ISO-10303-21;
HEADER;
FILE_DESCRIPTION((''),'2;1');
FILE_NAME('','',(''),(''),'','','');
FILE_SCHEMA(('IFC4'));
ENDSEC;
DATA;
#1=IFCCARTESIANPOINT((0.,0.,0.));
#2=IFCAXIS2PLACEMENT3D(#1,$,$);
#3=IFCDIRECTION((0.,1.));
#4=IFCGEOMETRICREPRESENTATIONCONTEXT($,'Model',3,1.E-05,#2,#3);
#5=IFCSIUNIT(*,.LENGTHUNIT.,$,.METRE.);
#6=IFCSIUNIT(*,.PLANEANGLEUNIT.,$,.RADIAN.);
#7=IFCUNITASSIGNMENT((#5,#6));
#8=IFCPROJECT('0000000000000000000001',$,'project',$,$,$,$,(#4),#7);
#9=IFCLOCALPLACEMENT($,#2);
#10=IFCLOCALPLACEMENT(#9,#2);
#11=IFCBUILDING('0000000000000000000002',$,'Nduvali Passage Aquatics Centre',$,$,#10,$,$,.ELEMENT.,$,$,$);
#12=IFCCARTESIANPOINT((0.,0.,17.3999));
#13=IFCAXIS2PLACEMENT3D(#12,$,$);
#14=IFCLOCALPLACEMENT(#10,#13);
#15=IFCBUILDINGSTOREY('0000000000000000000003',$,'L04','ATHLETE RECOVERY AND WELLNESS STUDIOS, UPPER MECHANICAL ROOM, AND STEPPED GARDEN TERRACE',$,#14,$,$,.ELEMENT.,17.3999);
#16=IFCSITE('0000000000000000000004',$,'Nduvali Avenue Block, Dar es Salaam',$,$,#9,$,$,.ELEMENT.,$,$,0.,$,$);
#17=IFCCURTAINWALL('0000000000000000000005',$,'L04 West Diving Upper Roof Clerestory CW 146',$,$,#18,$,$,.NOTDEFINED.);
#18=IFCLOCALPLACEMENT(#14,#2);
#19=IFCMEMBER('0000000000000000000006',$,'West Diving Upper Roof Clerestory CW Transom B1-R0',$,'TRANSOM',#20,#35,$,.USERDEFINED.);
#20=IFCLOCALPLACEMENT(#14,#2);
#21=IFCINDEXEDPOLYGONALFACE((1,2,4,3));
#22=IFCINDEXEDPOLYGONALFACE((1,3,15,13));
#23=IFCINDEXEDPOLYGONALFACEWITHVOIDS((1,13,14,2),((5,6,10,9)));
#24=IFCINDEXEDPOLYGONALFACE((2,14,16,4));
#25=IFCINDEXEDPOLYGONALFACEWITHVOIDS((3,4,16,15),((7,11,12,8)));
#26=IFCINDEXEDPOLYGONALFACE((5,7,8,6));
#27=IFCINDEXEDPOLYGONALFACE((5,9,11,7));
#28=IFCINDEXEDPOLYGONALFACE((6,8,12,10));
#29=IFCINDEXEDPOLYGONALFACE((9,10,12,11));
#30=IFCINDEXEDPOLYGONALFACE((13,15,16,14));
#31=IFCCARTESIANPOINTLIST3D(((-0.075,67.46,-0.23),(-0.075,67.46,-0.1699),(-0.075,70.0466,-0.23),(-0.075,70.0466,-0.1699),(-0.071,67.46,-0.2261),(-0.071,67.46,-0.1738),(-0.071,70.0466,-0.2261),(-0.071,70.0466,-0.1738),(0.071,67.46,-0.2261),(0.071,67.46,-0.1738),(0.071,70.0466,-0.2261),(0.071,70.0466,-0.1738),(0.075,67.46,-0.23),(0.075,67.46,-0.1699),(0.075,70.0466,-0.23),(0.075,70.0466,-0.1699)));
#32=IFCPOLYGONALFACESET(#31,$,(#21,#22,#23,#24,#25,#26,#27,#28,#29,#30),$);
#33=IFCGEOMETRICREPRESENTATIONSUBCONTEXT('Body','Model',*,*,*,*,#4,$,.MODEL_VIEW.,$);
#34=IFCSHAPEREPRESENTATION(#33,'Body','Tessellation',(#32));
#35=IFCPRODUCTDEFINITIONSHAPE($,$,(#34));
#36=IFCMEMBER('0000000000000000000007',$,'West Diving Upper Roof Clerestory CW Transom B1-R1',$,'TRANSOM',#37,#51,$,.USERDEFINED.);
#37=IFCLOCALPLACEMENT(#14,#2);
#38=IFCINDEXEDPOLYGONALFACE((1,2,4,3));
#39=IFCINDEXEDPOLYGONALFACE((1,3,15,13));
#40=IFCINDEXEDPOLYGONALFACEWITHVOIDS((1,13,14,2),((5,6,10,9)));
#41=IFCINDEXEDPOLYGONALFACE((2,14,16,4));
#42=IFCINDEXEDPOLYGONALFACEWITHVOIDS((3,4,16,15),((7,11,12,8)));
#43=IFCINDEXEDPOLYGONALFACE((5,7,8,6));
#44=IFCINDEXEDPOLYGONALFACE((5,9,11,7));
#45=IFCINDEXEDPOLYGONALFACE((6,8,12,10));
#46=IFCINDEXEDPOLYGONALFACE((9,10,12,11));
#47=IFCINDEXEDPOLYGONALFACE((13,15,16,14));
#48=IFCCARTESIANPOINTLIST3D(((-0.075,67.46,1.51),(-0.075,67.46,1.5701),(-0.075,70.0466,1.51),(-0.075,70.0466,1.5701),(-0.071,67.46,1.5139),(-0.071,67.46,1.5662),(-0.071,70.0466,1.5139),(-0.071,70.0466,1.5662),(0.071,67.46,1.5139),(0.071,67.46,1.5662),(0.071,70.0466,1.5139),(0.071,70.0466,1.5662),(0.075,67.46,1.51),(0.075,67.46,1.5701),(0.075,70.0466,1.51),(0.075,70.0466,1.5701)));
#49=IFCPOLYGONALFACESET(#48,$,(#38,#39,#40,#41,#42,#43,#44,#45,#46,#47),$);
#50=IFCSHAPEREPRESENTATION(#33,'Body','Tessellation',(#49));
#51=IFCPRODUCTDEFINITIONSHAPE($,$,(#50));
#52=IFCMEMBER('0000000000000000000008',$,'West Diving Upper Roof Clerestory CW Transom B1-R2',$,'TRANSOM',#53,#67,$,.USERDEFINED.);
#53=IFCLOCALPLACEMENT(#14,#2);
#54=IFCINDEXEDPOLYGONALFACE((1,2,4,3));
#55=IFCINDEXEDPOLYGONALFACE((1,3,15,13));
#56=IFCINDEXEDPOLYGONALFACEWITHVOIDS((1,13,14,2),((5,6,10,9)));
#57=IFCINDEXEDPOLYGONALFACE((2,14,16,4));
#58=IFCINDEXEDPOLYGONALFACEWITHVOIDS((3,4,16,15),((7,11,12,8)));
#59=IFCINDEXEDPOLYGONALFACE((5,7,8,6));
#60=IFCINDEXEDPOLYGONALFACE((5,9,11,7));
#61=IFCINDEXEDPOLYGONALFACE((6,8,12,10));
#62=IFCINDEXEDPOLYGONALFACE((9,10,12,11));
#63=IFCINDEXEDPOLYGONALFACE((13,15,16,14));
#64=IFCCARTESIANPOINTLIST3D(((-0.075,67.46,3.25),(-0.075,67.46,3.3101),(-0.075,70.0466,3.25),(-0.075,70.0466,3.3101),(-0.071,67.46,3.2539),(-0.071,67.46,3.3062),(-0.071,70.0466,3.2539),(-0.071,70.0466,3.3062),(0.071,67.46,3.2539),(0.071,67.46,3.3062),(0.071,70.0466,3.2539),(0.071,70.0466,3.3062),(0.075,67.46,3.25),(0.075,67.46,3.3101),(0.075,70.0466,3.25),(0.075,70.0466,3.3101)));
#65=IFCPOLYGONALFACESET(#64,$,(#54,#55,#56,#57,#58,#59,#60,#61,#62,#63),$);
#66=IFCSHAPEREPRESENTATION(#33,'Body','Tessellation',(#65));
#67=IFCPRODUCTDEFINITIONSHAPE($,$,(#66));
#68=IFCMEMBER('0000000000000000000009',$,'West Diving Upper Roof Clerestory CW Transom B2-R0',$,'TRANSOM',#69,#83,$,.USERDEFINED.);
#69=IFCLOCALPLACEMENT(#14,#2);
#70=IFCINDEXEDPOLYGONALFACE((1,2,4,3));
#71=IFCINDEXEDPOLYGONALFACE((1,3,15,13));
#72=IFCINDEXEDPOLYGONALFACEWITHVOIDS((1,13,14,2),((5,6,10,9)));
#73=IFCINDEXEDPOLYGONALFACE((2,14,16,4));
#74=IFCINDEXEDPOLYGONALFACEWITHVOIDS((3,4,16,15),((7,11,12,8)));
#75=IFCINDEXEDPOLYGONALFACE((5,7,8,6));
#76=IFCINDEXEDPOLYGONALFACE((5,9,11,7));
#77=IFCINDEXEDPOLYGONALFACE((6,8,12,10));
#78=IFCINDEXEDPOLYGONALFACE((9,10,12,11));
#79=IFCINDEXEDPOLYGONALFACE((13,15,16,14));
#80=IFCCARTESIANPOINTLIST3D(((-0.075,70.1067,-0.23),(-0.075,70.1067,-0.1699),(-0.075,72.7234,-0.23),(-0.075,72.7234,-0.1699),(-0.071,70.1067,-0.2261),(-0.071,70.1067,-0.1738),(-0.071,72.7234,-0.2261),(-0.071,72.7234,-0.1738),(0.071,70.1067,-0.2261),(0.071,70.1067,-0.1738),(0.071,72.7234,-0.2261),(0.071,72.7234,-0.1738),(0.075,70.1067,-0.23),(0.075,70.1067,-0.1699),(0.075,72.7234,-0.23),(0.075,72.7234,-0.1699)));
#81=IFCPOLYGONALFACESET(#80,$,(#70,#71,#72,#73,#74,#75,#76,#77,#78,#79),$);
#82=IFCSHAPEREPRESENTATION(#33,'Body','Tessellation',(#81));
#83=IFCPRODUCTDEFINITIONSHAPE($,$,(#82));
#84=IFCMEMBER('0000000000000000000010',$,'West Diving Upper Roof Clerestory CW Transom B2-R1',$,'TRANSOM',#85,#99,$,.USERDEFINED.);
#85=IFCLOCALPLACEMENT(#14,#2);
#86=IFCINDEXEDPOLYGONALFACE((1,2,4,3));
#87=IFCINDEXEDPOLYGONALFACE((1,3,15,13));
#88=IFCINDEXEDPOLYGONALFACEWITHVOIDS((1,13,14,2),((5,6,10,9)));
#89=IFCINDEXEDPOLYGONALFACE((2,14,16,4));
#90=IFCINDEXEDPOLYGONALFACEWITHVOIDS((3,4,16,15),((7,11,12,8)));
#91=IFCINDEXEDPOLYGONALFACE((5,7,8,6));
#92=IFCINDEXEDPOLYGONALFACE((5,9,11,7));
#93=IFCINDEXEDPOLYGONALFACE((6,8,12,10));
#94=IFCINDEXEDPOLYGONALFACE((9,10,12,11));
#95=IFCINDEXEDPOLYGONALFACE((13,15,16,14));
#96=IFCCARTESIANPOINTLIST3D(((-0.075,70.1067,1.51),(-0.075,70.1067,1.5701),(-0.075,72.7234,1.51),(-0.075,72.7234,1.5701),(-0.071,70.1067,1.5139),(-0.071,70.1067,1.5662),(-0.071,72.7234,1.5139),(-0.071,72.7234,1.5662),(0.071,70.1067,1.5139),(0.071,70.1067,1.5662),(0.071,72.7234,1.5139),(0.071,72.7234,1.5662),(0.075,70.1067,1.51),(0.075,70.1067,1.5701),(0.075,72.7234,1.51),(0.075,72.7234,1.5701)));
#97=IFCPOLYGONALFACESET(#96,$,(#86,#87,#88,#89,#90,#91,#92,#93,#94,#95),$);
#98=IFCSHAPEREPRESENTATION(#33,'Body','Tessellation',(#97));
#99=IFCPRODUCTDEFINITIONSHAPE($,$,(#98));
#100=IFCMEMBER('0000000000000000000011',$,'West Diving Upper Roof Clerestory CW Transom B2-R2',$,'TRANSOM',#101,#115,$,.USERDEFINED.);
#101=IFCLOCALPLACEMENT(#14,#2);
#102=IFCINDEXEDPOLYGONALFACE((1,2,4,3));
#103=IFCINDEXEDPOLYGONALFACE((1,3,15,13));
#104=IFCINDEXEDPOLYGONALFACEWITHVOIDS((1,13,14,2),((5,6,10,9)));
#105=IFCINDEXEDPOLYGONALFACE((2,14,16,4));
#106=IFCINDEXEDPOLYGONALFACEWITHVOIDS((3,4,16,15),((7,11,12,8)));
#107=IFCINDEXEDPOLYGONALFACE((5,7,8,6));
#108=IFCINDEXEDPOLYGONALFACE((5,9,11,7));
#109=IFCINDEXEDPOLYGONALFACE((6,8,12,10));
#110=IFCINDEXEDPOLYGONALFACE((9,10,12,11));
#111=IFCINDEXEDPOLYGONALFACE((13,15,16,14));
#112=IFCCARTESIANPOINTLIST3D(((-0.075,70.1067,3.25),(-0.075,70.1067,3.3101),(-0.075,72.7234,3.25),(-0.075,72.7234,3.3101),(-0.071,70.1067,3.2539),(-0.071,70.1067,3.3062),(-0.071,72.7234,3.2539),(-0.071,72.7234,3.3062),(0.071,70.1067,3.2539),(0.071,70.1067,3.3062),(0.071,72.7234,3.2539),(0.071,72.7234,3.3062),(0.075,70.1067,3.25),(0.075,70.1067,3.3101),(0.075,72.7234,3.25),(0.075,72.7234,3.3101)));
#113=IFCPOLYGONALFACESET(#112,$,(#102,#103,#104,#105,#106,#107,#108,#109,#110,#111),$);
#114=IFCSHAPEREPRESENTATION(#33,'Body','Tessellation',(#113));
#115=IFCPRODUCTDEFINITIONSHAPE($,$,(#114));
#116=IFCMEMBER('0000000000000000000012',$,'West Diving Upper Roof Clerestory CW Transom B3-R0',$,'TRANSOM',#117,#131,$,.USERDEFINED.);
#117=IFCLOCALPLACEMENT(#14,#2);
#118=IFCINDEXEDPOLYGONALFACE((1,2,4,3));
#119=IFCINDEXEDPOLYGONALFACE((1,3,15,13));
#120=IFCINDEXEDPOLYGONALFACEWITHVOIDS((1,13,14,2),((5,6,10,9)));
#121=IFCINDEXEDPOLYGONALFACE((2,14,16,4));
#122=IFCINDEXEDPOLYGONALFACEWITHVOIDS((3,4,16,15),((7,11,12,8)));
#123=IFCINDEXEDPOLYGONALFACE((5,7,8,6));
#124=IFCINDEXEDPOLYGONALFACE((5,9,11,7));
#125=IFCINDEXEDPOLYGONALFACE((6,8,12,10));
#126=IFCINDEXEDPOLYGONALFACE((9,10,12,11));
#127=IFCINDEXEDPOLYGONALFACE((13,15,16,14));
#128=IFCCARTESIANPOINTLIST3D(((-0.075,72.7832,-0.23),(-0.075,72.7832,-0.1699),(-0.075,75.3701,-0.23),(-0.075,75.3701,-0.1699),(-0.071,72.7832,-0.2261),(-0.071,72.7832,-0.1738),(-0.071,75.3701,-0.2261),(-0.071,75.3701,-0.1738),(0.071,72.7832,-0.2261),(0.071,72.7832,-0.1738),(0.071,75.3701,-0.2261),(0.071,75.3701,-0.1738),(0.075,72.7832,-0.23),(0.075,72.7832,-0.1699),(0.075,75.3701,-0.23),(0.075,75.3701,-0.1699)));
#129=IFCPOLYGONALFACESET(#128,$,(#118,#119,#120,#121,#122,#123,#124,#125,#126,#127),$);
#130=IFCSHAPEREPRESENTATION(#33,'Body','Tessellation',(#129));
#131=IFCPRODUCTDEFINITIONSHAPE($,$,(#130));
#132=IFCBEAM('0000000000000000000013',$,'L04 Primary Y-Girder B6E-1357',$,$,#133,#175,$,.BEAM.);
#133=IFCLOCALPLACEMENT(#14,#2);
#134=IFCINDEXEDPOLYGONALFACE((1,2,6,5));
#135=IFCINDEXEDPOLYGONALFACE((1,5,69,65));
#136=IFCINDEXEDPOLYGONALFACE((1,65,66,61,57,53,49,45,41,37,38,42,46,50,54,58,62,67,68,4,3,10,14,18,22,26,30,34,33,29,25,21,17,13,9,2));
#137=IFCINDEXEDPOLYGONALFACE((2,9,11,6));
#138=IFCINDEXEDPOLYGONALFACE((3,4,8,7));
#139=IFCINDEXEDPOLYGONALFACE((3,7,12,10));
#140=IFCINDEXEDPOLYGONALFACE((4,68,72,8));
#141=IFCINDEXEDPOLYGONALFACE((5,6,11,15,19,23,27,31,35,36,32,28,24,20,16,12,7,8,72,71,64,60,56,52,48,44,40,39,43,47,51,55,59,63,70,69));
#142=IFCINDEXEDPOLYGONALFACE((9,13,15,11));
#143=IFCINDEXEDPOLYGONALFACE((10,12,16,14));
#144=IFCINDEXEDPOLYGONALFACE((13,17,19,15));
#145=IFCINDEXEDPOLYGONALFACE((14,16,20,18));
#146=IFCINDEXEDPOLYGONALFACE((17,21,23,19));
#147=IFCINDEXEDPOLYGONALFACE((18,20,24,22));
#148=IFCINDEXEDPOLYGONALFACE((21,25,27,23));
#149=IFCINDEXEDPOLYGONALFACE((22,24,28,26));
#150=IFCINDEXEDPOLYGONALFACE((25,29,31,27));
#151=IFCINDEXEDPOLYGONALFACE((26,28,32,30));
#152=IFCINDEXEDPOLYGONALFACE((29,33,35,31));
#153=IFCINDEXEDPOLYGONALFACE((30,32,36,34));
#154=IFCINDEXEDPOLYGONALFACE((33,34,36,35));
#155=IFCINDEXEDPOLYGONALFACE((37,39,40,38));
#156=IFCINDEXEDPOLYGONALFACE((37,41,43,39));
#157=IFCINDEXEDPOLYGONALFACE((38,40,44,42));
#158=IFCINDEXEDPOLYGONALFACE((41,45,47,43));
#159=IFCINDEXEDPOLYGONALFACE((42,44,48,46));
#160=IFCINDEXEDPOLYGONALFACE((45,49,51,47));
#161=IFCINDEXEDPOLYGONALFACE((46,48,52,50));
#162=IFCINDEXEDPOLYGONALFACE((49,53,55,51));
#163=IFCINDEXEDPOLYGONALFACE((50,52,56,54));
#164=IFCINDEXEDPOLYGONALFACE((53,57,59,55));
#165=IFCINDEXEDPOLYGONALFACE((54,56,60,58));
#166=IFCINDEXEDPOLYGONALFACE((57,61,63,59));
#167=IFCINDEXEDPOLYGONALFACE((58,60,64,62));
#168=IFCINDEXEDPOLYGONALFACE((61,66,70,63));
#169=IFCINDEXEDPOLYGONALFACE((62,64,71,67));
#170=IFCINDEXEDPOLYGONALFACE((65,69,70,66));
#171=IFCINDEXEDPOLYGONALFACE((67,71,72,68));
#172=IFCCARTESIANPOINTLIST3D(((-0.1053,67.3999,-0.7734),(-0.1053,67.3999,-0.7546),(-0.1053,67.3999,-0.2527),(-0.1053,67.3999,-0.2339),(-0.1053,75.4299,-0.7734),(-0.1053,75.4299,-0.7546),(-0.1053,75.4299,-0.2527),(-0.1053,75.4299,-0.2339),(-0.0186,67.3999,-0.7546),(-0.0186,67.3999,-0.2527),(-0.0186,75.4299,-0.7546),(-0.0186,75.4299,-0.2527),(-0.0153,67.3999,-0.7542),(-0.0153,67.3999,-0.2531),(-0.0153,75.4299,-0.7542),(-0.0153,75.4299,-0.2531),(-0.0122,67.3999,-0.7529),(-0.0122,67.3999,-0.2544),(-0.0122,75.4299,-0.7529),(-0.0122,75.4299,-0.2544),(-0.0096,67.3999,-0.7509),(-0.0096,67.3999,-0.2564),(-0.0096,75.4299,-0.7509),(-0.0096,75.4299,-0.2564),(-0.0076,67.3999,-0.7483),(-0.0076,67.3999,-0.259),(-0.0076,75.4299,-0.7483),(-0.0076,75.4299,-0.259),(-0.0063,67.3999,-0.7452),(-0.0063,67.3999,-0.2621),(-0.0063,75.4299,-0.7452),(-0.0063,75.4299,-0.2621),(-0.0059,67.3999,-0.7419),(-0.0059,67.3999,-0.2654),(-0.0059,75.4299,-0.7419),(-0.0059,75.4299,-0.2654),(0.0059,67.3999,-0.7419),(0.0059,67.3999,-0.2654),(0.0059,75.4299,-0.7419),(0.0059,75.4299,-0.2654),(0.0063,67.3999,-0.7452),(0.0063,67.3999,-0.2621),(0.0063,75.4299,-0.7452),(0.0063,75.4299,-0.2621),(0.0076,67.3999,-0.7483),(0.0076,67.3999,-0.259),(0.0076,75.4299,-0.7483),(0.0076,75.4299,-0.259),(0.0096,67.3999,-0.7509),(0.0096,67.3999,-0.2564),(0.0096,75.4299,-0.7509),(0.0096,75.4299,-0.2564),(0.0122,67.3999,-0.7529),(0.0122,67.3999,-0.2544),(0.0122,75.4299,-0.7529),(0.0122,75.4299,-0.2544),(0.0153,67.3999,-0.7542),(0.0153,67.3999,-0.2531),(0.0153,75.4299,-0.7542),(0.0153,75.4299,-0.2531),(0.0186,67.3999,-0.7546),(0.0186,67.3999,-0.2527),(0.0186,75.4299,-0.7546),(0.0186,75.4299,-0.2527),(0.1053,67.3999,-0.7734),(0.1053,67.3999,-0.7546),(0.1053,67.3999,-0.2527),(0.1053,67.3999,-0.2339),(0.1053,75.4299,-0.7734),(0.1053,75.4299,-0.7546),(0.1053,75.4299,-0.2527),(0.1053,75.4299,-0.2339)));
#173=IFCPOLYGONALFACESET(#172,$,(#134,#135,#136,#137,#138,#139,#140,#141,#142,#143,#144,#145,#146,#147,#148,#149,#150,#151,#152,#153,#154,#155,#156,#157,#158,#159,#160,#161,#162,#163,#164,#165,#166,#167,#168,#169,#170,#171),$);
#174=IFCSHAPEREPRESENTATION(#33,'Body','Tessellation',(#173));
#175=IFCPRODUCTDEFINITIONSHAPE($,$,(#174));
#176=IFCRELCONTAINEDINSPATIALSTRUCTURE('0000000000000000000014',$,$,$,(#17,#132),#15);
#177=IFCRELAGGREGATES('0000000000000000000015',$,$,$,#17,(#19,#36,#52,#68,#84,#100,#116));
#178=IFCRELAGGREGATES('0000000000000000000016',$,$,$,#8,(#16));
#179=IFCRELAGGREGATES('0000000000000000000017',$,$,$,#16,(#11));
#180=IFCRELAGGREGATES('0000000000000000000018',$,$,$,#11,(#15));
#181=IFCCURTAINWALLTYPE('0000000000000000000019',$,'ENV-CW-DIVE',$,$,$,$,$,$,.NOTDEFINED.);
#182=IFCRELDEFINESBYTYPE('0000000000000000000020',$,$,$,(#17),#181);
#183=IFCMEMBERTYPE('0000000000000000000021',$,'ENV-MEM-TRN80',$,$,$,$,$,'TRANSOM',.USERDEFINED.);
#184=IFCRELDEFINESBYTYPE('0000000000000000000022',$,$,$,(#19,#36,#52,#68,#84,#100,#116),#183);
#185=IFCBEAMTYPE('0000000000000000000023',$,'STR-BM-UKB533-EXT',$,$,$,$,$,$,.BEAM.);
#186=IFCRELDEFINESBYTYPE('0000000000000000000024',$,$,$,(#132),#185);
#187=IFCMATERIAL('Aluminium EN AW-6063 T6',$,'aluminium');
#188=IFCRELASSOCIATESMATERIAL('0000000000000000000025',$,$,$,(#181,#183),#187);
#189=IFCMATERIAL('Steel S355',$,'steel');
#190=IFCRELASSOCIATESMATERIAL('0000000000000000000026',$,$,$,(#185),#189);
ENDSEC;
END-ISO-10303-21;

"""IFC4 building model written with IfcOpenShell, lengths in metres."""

from ifc_helpers import new_model, si_unit, direction, frame, origin, origin_2d, place, context, subcontext, project, spatial, hollow_rectangle, i_section, extrude, material, material_profile, profile_set, type_object, element, aggregate, save


model = new_model("IFC4")

# Units and contexts
model_context = context("Model", 3, precision=1e-05, world=origin(), true_north=direction((0.0, 1.0)))
body_context = subcontext(model_context, "Body", "Model", "MODEL_VIEW")
ifc_project = project(units=[si_unit("LENGTHUNIT", "METRE"), si_unit("PLANEANGLEUNIT", "RADIAN")], contexts=[model_context])

# Site, building, storey
site_placement = place(None, origin())
site = spatial("IfcSite", under=ifc_project, at=site_placement, Name="Nduvali Avenue Block, Dar es Salaam", CompositionType="ELEMENT", RefElevation=0.0)
building_placement = place(site_placement, origin())
building = spatial("IfcBuilding", under=site, at=building_placement, Name="Nduvali Passage Aquatics Centre", CompositionType="ELEMENT")
storey_placement = place(building_placement, frame((0.0, 0.0, 17.3999)))
storey = spatial("IfcBuildingStorey", under=building, at=storey_placement, Name="L04", Description="ATHLETE RECOVERY AND WELLNESS STUDIOS, UPPER MECHANICAL ROOM, AND STEPPED GARDEN TERRACE", CompositionType="ELEMENT", Elevation=17.3999)

# Shared definitions
ifc_material_1 = material(Name="Steel S355", Category="steel")

# Curtain wall
ifc_material_2 = material(Name="Aluminium EN AW-6063 T6", Category="aluminium")
curtain_wall_type = type_object("IfcCurtainWallType", Name="ENV-CW-DIVE", PredefinedType="NOTDEFINED", material=ifc_material_2)
curtain_wall_1_placement = place(storey_placement, origin())
curtain_wall_1 = element("IfcCurtainWall", 1, at=curtain_wall_1_placement, inside=storey, type_object=curtain_wall_type, Name="L04 West Diving Upper Roof Clerestory CW 146", PredefinedType="NOTDEFINED")

# Members
ifc_material_profile_1 = material_profile(ifc_material_2, hollow_rectangle(XDim=0.1499, YDim=0.0601, WallThickness=0.0039, at=origin_2d()), Name="ALU TRANSOM 150x60x4")
ifc_profile_set_1 = profile_set([ifc_material_profile_1], Name="Aluminium EN AW-6063 T6")
member_type_1 = type_object("IfcMemberType", Name="ENV-MEM-TRN80", ElementType="TRANSOM", PredefinedType="USERDEFINED", material=ifc_profile_set_1)
member_1_placement = place(storey_placement, frame((0.0, 67.46, -0.2), z_axis=(0.0, 1.0, 0.0), x_axis=(-1.0, 0.0, 0.0)))
member_1 = element("IfcMember", 2, at=member_1_placement, type_object=member_type_1, Name="West Diving Upper Roof Clerestory CW Transom B1-R0", ObjectType="TRANSOM", PredefinedType="USERDEFINED", context=body_context, shape_type="SweptSolid", body=[
    extrude(hollow_rectangle(XDim=0.1499, YDim=0.0601, WallThickness=0.0039, at=origin_2d()), origin(), (0.0, 0.0, 1.0), 2.5867),
])
member_2_placement = place(storey_placement, frame((0.0, 67.46, 1.54), z_axis=(0.0, 1.0, 0.0), x_axis=(-1.0, 0.0, 0.0)))
member_2 = element("IfcMember", 3, at=member_2_placement, type_object=member_type_1, Name="West Diving Upper Roof Clerestory CW Transom B1-R1", ObjectType="TRANSOM", PredefinedType="USERDEFINED", context=body_context, shape_type="SweptSolid", body=[
    extrude(hollow_rectangle(XDim=0.1499, YDim=0.0601, WallThickness=0.0039, at=origin_2d()), origin(), (0.0, 0.0, 1.0), 2.5867),
])
member_3_placement = place(storey_placement, frame((0.0, 67.46, 3.28), z_axis=(0.0, 1.0, 0.0), x_axis=(-1.0, 0.0, 0.0)))
member_3 = element("IfcMember", 4, at=member_3_placement, type_object=member_type_1, Name="West Diving Upper Roof Clerestory CW Transom B1-R2", ObjectType="TRANSOM", PredefinedType="USERDEFINED", context=body_context, shape_type="SweptSolid", body=[
    extrude(hollow_rectangle(XDim=0.1499, YDim=0.0601, WallThickness=0.0039, at=origin_2d()), origin(), (0.0, 0.0, 1.0), 2.5867),
])
member_4_placement = place(storey_placement, frame((0.0, 70.1067, -0.2), z_axis=(0.0, 1.0, 0.0), x_axis=(-1.0, 0.0, 0.0)))
member_4 = element("IfcMember", 5, at=member_4_placement, type_object=member_type_1, Name="West Diving Upper Roof Clerestory CW Transom B2-R0", ObjectType="TRANSOM", PredefinedType="USERDEFINED", context=body_context, shape_type="SweptSolid", body=[
    extrude(hollow_rectangle(XDim=0.1499, YDim=0.0601, WallThickness=0.0039, at=origin_2d()), origin(), (0.0, 0.0, 1.0), 2.6167),
])
member_5_placement = place(storey_placement, frame((0.0, 70.1067, 1.54), z_axis=(0.0, 1.0, 0.0), x_axis=(-1.0, 0.0, 0.0)))
member_5 = element("IfcMember", 6, at=member_5_placement, type_object=member_type_1, Name="West Diving Upper Roof Clerestory CW Transom B2-R1", ObjectType="TRANSOM", PredefinedType="USERDEFINED", context=body_context, shape_type="SweptSolid", body=[
    extrude(hollow_rectangle(XDim=0.1499, YDim=0.0601, WallThickness=0.0039, at=origin_2d()), origin(), (0.0, 0.0, 1.0), 2.6167),
])
member_6_placement = place(storey_placement, frame((0.0, 70.1067, 3.28), z_axis=(0.0, 1.0, 0.0), x_axis=(-1.0, 0.0, 0.0)))
member_6 = element("IfcMember", 7, at=member_6_placement, type_object=member_type_1, Name="West Diving Upper Roof Clerestory CW Transom B2-R2", ObjectType="TRANSOM", PredefinedType="USERDEFINED", context=body_context, shape_type="SweptSolid", body=[
    extrude(hollow_rectangle(XDim=0.1499, YDim=0.0601, WallThickness=0.0039, at=origin_2d()), origin(), (0.0, 0.0, 1.0), 2.6167),
])
member_7_placement = place(storey_placement, frame((0.0, 72.7832, -0.2), z_axis=(0.0, 1.0, 0.0), x_axis=(-1.0, 0.0, 0.0)))
member_7 = element("IfcMember", 8, at=member_7_placement, type_object=member_type_1, Name="West Diving Upper Roof Clerestory CW Transom B3-R0", ObjectType="TRANSOM", PredefinedType="USERDEFINED", context=body_context, shape_type="SweptSolid", body=[
    extrude(hollow_rectangle(XDim=0.1499, YDim=0.0601, WallThickness=0.0039, at=origin_2d()), origin(), (0.0, 0.0, 1.0), 2.5869),
])

# Beam
ifc_material_profile_2 = material_profile(ifc_material_1, i_section(OverallWidth=0.2107, OverallDepth=0.5396, WebThickness=0.0117, FlangeThickness=0.0188, FilletRadius=0.0127, at=origin_2d()), Name="UKB 533x210x109")
ifc_profile_set_2 = profile_set([ifc_material_profile_2], Name="Steel S355")
beam_type = type_object("IfcBeamType", Name="STR-BM-UKB533-EXT", PredefinedType="BEAM", material=ifc_profile_set_2)
beam_1_placement = place(storey_placement, frame((0.0, 67.3999, -0.5037), z_axis=(0.0, 1.0, 0.0), x_axis=(-1.0, 0.0, 0.0)))
element("IfcBeam", 9, at=beam_1_placement, inside=storey, type_object=beam_type, Name="L04 Primary Y-Girder B6E-1357", PredefinedType="BEAM", context=body_context, shape_type="SweptSolid", body=[
    extrude(i_section(OverallWidth=0.2107, OverallDepth=0.5396, WebThickness=0.0117, FlangeThickness=0.0188, FilletRadius=0.0127, at=origin_2d()), origin(), (0.0, 0.0, 1.0), 8.03),
])

aggregate(curtain_wall_1, [member_1, member_2, member_3, member_4, member_5, member_6, member_7])

save(model, "model.ifc")
